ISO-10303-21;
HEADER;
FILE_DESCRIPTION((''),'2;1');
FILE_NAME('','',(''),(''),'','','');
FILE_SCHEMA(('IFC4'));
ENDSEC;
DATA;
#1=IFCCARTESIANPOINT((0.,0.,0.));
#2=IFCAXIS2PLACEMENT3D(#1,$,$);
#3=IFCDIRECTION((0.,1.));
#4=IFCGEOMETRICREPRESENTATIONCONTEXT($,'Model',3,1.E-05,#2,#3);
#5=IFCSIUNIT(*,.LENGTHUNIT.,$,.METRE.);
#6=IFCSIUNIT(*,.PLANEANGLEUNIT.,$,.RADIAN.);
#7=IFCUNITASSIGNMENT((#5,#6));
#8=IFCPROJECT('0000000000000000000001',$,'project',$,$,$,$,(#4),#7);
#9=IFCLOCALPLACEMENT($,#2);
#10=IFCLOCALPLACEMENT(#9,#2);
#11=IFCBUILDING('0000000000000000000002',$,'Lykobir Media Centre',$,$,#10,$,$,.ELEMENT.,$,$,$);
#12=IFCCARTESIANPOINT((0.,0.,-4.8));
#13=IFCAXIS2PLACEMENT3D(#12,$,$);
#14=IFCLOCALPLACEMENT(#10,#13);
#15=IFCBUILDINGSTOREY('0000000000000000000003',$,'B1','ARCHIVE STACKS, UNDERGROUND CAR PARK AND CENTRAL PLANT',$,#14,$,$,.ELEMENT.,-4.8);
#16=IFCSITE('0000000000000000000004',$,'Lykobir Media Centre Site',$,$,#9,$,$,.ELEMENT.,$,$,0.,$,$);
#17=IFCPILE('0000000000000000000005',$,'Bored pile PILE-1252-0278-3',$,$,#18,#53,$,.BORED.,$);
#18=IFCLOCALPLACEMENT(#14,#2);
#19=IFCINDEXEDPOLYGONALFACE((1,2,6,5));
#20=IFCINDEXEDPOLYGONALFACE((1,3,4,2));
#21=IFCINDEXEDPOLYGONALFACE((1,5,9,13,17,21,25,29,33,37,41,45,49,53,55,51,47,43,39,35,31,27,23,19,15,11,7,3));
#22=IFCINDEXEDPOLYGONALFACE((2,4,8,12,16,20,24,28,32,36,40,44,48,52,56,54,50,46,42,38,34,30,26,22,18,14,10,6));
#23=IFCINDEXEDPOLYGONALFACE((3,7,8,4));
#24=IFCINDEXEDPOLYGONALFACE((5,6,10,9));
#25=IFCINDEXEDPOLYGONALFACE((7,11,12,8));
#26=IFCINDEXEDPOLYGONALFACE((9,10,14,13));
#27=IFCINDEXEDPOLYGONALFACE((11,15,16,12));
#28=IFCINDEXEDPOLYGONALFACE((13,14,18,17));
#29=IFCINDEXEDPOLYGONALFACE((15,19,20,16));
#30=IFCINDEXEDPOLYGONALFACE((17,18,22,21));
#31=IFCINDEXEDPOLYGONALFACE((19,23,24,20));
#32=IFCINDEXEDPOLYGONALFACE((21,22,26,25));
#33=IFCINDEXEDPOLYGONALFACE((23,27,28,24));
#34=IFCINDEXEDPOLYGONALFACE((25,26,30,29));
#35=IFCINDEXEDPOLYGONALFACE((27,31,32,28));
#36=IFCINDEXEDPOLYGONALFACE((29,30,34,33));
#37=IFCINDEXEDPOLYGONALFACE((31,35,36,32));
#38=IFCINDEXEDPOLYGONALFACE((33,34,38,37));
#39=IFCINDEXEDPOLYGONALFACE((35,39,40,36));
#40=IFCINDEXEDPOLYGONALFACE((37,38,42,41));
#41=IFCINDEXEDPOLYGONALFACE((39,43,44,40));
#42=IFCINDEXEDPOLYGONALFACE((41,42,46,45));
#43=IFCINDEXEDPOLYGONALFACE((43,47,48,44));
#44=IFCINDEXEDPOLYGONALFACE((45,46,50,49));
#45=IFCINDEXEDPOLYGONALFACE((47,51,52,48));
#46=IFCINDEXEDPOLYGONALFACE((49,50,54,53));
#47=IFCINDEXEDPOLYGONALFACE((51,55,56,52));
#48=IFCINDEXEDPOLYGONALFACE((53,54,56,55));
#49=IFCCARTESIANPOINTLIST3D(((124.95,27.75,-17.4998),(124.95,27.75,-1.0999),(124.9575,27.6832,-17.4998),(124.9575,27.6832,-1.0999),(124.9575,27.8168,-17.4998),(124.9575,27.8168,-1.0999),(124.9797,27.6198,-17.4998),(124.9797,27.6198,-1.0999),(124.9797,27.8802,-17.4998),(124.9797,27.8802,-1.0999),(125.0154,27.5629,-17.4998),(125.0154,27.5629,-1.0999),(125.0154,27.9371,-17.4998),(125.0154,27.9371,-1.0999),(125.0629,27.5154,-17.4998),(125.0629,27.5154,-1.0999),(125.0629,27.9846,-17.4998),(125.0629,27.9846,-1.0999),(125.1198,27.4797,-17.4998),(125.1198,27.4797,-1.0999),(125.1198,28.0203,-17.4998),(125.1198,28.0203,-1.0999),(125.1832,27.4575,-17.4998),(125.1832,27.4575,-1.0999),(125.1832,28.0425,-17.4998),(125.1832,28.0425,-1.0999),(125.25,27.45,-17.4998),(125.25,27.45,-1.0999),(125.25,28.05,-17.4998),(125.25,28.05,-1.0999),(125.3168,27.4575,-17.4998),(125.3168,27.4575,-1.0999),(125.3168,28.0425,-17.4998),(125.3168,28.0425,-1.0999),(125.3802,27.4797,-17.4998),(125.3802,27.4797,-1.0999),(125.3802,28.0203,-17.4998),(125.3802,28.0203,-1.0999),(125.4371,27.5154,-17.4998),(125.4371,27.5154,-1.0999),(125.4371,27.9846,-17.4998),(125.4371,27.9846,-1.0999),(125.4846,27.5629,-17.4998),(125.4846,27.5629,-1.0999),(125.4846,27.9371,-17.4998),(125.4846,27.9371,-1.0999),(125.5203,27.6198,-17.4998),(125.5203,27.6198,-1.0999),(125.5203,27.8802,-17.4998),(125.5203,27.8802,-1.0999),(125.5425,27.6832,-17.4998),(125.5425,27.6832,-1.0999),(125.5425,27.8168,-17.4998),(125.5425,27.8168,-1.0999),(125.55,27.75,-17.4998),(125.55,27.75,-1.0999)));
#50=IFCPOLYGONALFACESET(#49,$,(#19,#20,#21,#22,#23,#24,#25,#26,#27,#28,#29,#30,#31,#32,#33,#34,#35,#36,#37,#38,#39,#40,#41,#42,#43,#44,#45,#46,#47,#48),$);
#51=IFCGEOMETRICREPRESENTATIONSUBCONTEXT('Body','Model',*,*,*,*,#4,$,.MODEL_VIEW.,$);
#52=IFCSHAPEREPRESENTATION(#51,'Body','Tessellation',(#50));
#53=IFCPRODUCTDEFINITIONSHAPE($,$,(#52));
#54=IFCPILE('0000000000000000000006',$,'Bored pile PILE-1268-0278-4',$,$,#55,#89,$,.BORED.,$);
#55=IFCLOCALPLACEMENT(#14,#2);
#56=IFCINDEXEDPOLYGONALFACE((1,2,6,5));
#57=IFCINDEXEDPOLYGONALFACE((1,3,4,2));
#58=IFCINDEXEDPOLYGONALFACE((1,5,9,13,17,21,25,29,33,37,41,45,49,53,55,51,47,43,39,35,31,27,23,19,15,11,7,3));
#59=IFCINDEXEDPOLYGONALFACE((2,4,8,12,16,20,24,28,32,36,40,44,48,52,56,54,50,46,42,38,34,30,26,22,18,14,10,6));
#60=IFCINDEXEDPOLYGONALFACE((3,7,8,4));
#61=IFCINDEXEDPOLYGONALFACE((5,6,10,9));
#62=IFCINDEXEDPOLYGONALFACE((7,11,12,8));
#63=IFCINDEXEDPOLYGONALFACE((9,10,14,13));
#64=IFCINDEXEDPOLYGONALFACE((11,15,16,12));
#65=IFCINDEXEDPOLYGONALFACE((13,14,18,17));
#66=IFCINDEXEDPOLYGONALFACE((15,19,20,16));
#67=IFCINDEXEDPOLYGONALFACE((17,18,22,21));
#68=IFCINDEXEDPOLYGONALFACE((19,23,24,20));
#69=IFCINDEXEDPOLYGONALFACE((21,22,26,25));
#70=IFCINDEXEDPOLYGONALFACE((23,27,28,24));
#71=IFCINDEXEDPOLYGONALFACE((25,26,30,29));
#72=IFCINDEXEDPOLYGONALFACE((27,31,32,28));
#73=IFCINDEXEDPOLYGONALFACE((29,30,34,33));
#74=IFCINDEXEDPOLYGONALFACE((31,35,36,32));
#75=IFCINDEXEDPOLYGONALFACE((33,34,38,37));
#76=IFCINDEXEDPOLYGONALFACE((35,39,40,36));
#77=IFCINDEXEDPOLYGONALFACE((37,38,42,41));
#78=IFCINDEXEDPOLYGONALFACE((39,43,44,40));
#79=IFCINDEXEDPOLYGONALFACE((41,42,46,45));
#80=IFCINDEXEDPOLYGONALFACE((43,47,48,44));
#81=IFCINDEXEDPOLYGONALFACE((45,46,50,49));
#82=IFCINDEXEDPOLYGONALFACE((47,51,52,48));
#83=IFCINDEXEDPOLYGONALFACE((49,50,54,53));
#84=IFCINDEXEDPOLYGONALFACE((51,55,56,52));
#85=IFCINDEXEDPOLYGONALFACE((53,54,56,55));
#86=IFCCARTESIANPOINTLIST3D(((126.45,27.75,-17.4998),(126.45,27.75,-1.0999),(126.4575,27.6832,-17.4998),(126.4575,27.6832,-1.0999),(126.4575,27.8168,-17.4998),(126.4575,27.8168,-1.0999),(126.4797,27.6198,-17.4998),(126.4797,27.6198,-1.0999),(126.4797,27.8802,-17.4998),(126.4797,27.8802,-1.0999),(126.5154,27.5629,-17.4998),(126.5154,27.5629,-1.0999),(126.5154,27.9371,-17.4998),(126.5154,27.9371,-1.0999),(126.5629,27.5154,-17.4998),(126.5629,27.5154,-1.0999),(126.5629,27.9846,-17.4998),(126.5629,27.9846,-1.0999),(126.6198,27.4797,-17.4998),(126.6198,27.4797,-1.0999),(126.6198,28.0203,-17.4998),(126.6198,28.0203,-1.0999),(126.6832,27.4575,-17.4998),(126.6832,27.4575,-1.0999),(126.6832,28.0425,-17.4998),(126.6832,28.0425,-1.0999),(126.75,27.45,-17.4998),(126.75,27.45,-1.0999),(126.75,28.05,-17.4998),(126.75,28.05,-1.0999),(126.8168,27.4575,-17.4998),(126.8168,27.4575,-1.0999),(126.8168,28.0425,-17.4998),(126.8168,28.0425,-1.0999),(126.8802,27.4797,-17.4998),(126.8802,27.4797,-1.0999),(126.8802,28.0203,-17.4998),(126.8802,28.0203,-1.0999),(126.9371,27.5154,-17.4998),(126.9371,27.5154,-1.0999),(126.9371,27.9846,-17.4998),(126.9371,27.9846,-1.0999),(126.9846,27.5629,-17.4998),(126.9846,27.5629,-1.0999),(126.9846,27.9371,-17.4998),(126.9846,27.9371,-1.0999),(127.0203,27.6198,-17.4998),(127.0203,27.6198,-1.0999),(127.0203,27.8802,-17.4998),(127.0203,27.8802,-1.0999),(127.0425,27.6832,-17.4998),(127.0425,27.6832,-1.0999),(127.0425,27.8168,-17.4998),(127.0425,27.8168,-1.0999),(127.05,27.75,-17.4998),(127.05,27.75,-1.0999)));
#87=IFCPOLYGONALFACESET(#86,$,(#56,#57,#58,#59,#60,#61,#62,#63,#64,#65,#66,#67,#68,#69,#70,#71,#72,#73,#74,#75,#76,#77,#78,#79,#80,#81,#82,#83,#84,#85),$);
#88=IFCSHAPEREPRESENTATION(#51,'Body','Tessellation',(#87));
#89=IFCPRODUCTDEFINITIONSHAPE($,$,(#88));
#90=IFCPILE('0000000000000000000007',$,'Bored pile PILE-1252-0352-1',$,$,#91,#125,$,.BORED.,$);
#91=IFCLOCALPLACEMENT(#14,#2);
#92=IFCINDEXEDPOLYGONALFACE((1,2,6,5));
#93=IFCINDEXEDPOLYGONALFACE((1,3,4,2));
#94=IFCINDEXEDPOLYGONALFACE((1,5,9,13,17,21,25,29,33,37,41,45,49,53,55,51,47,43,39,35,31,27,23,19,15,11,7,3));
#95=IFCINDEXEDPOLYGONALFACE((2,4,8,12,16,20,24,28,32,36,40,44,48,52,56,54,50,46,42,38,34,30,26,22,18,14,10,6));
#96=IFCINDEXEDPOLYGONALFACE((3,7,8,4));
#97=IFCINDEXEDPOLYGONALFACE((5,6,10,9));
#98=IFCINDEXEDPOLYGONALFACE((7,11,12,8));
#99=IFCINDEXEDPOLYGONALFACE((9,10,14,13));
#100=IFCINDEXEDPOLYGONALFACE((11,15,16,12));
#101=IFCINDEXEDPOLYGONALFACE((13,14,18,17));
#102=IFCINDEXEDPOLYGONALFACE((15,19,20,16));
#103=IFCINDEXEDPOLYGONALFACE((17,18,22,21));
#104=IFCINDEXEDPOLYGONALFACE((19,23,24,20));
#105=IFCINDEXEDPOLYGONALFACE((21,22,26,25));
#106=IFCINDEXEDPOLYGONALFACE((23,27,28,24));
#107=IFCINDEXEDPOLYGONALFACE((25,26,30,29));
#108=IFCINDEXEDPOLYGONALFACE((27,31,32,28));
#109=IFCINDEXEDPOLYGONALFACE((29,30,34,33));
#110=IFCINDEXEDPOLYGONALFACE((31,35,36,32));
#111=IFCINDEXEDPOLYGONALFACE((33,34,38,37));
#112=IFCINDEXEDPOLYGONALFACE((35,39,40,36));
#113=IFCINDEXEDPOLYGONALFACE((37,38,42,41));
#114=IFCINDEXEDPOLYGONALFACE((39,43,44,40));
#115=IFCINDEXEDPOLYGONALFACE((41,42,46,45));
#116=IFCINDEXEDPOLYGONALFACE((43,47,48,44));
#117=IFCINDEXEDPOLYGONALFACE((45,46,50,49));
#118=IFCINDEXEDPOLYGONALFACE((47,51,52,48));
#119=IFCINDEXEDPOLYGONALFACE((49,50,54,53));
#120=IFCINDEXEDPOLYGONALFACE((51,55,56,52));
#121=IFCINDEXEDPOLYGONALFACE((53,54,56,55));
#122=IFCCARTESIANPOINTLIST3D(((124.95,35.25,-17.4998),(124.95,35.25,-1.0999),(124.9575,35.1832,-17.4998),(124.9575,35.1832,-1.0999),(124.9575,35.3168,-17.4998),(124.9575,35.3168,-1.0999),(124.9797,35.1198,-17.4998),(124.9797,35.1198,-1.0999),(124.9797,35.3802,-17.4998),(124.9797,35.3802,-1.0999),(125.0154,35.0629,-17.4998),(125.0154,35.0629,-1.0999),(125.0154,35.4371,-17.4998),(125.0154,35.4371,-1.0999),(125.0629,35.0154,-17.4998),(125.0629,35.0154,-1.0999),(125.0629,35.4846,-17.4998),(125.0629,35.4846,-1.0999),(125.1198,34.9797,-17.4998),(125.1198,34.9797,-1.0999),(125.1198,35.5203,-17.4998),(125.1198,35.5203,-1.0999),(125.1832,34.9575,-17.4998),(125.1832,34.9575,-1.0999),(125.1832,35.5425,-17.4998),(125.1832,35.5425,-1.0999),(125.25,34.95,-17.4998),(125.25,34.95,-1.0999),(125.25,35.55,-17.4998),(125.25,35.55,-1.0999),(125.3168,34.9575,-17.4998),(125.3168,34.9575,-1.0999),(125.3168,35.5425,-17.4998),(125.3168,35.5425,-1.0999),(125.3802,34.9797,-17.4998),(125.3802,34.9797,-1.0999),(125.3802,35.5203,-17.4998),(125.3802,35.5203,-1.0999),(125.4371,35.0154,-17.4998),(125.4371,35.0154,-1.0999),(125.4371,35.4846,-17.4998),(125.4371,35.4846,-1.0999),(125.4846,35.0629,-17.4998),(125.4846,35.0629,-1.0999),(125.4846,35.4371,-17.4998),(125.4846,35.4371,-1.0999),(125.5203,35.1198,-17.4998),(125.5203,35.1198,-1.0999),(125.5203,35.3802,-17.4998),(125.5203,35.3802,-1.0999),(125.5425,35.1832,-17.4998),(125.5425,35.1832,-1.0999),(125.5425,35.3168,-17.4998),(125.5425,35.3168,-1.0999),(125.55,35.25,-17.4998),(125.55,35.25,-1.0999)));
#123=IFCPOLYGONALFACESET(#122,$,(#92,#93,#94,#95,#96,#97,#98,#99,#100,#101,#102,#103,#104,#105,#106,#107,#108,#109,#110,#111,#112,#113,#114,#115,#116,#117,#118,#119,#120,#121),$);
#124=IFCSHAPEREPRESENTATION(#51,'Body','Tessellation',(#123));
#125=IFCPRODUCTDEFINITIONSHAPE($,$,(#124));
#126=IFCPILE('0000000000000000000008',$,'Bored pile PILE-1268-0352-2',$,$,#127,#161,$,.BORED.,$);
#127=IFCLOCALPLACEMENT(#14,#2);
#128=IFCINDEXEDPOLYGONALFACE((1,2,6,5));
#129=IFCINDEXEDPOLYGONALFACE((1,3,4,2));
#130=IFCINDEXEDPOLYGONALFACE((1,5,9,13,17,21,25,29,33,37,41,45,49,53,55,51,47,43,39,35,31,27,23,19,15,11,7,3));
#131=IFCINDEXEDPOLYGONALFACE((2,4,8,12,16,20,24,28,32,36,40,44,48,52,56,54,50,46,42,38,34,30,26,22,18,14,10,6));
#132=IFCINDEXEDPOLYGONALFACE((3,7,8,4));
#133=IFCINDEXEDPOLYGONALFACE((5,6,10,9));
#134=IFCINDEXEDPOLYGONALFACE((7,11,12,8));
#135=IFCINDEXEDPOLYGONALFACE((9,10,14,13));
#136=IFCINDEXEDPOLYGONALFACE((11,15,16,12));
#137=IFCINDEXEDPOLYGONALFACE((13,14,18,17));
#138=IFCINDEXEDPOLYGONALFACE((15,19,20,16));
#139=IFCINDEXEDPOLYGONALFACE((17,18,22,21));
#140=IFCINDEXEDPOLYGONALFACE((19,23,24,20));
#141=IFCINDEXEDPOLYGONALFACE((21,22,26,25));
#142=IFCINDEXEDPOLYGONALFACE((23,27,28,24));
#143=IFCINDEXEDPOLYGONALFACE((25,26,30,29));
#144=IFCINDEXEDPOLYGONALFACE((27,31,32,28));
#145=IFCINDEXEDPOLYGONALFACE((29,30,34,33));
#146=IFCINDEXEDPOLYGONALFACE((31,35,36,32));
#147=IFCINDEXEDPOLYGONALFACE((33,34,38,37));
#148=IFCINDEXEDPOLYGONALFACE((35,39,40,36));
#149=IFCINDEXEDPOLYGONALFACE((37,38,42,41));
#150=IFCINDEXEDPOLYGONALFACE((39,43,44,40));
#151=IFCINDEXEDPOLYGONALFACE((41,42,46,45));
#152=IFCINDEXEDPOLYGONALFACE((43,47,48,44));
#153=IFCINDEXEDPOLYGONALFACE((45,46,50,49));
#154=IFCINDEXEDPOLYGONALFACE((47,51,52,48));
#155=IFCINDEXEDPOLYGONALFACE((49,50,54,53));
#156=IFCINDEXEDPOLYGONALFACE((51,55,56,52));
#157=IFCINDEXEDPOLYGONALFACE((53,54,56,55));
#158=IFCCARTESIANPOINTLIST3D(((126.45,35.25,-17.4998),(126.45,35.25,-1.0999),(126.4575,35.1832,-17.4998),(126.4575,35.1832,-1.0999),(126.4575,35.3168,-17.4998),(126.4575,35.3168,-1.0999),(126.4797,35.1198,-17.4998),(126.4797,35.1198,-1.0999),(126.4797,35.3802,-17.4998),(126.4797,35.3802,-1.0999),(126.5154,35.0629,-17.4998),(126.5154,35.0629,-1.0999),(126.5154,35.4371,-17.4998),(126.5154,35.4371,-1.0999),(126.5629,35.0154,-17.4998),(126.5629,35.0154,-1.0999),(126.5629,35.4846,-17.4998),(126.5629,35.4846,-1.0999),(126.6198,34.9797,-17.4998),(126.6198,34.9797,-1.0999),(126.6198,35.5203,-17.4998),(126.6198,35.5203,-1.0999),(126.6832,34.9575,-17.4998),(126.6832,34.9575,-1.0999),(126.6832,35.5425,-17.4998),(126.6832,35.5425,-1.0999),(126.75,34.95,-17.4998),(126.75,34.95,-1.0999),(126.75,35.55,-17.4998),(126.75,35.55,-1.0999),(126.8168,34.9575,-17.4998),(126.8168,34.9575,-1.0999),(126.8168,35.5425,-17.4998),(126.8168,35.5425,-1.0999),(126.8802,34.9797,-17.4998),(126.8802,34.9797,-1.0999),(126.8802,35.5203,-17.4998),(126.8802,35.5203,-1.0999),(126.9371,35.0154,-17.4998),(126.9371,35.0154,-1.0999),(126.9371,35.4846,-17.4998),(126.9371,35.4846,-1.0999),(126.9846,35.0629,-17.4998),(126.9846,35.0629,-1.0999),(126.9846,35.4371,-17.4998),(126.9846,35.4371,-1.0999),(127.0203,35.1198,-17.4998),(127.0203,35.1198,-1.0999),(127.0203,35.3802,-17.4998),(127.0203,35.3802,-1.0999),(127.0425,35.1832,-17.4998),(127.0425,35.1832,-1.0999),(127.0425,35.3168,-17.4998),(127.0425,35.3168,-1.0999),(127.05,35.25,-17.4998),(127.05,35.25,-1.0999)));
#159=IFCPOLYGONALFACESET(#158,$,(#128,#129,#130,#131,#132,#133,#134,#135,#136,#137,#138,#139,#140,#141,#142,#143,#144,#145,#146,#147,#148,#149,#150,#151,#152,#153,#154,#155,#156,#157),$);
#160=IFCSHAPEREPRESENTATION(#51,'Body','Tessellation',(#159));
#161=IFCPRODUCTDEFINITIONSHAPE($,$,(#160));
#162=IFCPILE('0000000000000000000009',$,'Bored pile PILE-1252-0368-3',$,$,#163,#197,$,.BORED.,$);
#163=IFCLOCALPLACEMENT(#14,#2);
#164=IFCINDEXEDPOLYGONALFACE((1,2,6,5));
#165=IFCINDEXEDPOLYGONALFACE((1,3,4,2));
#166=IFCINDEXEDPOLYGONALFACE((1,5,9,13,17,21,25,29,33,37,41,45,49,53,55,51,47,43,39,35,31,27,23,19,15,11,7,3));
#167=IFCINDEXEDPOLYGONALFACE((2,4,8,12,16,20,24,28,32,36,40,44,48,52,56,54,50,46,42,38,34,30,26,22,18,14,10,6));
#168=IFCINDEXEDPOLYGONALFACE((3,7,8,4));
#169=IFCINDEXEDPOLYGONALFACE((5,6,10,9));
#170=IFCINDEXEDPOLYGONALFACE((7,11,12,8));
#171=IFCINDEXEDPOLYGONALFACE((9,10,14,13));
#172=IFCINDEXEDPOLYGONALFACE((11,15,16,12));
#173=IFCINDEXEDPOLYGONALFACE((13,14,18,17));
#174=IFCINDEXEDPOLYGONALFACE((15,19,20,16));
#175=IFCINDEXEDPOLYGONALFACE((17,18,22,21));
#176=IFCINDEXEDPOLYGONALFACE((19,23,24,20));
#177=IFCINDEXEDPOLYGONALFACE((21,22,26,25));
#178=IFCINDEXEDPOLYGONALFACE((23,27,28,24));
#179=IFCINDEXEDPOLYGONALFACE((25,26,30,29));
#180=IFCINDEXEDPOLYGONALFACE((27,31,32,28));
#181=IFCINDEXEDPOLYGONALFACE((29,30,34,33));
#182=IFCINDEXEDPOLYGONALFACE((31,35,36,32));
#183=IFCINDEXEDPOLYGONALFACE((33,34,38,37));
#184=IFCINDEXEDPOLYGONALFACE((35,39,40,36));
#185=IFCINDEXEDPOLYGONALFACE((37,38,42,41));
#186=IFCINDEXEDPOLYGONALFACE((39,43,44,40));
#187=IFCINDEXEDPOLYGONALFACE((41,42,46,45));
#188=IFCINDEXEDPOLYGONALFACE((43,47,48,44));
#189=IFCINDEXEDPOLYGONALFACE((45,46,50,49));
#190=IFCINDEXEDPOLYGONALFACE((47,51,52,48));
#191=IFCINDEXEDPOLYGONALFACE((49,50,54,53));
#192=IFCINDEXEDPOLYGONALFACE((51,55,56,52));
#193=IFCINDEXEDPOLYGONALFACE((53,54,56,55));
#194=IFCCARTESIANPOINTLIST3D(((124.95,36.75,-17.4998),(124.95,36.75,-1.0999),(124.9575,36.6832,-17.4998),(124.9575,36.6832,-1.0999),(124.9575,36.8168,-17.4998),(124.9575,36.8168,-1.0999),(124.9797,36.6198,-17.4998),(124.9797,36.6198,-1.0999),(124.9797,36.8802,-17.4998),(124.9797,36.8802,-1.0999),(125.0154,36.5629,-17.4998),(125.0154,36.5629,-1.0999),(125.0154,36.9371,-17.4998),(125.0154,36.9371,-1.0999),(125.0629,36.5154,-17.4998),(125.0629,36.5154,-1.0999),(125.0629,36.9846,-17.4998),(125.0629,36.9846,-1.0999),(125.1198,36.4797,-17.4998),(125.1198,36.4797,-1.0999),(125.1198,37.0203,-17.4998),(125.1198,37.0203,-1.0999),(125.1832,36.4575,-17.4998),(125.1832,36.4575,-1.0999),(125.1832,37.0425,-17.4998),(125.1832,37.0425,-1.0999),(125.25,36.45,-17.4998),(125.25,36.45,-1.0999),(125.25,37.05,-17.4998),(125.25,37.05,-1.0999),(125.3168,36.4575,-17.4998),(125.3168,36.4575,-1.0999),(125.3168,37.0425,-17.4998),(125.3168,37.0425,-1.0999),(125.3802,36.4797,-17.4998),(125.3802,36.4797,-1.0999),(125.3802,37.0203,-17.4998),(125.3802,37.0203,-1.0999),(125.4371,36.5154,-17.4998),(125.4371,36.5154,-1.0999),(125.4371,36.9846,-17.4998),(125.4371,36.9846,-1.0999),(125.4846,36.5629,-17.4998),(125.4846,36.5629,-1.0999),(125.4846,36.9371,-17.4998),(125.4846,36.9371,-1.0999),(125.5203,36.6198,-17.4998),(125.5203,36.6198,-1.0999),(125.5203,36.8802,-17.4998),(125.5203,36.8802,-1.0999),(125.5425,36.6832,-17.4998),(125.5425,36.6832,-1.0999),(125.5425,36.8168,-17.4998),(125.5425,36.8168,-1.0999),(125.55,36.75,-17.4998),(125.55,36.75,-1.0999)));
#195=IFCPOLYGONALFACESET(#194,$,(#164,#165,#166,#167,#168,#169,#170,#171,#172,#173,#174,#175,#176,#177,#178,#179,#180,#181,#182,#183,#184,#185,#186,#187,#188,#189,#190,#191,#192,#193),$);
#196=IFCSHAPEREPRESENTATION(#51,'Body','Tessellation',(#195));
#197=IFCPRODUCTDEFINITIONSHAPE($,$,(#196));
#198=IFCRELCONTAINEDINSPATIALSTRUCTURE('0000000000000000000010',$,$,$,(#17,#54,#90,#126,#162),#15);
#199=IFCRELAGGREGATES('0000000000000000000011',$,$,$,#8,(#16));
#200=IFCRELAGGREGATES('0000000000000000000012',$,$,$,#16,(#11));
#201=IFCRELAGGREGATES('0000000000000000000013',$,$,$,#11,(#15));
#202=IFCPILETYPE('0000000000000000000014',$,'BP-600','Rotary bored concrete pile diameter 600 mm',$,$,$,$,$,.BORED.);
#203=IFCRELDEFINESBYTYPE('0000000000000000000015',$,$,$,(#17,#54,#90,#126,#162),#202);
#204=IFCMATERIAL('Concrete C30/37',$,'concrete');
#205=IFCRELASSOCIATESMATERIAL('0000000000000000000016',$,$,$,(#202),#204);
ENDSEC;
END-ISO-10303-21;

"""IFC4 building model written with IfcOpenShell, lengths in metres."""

from ifc_helpers import new_model, si_unit, direction, frame, origin, origin_2d, place, context, subcontext, project, spatial, circle, extrude, material, material_profile, profile_set, type_object, element, save


model = new_model("IFC4")

# Units and contexts
model_context = context("Model", 3, precision=1e-05, world=origin(), true_north=direction((0.0, 1.0)))
body_context = subcontext(model_context, "Body", "Model", "MODEL_VIEW")
ifc_project = project(units=[si_unit("LENGTHUNIT", "METRE"), si_unit("PLANEANGLEUNIT", "RADIAN")], contexts=[model_context])

# Site, building, storey
site_placement = place(None, origin())
site = spatial("IfcSite", under=ifc_project, at=site_placement, Name="Lykobir Media Centre Site", CompositionType="ELEMENT", RefElevation=0.0)
building_placement = place(site_placement, origin())
building = spatial("IfcBuilding", under=site, at=building_placement, Name="Lykobir Media Centre", CompositionType="ELEMENT")
storey_placement = place(building_placement, frame((0.0, 0.0, -4.8)))
storey = spatial("IfcBuildingStorey", under=building, at=storey_placement, Name="B1", Description="ARCHIVE STACKS, UNDERGROUND CAR PARK AND CENTRAL PLANT", CompositionType="ELEMENT", Elevation=-4.8)

# Piles
ifc_material_1 = material(Name="Concrete C30/37", Category="concrete")
ifc_material_profile_1 = material_profile(ifc_material_1, circle(Radius=0.3, at=origin_2d()), Name="BORED PILE D600")
ifc_profile_set_1 = profile_set([ifc_material_profile_1], Name="Concrete C30/37")
pile_type = type_object("IfcPileType", Name="BP-600", Description="Rotary bored concrete pile diameter 600 mm", PredefinedType="BORED", material=ifc_profile_set_1)
for number, where, z_axis, x_axis, name in (
    (1, (125.25, 27.75, -1.0999), (0.0, 0.0, -1.0), (1.0, 0.0, 0.0), "Bored pile PILE-1252-0278-3"),
    (2, (126.75, 27.75, -1.0999), (0.0, 0.0, -1.0), (1.0, 0.0, 0.0), "Bored pile PILE-1268-0278-4"),
    (3, (125.25, 35.25, -1.0999), (0.0, 0.0, -1.0), (1.0, 0.0, 0.0), "Bored pile PILE-1252-0352-1"),
    (4, (126.75, 35.25, -1.0999), (0.0, 0.0, -1.0), (1.0, 0.0, 0.0), "Bored pile PILE-1268-0352-2"),
    (5, (125.25, 36.75, -1.0999), (0.0, 0.0, -1.0), (1.0, 0.0, 0.0), "Bored pile PILE-1252-0368-3"),
):
    element("IfcPile", number, at=place(storey_placement, frame(where, z_axis=z_axis, x_axis=x_axis)), inside=storey, type_object=pile_type, Name=name, PredefinedType="BORED", context=body_context, shape_type="SweptSolid", body=[
        extrude(circle(Radius=0.3, at=origin_2d()), origin(), (0.0, 0.0, 1.0), 16.3999),
    ])

save(model, "model.ifc")
